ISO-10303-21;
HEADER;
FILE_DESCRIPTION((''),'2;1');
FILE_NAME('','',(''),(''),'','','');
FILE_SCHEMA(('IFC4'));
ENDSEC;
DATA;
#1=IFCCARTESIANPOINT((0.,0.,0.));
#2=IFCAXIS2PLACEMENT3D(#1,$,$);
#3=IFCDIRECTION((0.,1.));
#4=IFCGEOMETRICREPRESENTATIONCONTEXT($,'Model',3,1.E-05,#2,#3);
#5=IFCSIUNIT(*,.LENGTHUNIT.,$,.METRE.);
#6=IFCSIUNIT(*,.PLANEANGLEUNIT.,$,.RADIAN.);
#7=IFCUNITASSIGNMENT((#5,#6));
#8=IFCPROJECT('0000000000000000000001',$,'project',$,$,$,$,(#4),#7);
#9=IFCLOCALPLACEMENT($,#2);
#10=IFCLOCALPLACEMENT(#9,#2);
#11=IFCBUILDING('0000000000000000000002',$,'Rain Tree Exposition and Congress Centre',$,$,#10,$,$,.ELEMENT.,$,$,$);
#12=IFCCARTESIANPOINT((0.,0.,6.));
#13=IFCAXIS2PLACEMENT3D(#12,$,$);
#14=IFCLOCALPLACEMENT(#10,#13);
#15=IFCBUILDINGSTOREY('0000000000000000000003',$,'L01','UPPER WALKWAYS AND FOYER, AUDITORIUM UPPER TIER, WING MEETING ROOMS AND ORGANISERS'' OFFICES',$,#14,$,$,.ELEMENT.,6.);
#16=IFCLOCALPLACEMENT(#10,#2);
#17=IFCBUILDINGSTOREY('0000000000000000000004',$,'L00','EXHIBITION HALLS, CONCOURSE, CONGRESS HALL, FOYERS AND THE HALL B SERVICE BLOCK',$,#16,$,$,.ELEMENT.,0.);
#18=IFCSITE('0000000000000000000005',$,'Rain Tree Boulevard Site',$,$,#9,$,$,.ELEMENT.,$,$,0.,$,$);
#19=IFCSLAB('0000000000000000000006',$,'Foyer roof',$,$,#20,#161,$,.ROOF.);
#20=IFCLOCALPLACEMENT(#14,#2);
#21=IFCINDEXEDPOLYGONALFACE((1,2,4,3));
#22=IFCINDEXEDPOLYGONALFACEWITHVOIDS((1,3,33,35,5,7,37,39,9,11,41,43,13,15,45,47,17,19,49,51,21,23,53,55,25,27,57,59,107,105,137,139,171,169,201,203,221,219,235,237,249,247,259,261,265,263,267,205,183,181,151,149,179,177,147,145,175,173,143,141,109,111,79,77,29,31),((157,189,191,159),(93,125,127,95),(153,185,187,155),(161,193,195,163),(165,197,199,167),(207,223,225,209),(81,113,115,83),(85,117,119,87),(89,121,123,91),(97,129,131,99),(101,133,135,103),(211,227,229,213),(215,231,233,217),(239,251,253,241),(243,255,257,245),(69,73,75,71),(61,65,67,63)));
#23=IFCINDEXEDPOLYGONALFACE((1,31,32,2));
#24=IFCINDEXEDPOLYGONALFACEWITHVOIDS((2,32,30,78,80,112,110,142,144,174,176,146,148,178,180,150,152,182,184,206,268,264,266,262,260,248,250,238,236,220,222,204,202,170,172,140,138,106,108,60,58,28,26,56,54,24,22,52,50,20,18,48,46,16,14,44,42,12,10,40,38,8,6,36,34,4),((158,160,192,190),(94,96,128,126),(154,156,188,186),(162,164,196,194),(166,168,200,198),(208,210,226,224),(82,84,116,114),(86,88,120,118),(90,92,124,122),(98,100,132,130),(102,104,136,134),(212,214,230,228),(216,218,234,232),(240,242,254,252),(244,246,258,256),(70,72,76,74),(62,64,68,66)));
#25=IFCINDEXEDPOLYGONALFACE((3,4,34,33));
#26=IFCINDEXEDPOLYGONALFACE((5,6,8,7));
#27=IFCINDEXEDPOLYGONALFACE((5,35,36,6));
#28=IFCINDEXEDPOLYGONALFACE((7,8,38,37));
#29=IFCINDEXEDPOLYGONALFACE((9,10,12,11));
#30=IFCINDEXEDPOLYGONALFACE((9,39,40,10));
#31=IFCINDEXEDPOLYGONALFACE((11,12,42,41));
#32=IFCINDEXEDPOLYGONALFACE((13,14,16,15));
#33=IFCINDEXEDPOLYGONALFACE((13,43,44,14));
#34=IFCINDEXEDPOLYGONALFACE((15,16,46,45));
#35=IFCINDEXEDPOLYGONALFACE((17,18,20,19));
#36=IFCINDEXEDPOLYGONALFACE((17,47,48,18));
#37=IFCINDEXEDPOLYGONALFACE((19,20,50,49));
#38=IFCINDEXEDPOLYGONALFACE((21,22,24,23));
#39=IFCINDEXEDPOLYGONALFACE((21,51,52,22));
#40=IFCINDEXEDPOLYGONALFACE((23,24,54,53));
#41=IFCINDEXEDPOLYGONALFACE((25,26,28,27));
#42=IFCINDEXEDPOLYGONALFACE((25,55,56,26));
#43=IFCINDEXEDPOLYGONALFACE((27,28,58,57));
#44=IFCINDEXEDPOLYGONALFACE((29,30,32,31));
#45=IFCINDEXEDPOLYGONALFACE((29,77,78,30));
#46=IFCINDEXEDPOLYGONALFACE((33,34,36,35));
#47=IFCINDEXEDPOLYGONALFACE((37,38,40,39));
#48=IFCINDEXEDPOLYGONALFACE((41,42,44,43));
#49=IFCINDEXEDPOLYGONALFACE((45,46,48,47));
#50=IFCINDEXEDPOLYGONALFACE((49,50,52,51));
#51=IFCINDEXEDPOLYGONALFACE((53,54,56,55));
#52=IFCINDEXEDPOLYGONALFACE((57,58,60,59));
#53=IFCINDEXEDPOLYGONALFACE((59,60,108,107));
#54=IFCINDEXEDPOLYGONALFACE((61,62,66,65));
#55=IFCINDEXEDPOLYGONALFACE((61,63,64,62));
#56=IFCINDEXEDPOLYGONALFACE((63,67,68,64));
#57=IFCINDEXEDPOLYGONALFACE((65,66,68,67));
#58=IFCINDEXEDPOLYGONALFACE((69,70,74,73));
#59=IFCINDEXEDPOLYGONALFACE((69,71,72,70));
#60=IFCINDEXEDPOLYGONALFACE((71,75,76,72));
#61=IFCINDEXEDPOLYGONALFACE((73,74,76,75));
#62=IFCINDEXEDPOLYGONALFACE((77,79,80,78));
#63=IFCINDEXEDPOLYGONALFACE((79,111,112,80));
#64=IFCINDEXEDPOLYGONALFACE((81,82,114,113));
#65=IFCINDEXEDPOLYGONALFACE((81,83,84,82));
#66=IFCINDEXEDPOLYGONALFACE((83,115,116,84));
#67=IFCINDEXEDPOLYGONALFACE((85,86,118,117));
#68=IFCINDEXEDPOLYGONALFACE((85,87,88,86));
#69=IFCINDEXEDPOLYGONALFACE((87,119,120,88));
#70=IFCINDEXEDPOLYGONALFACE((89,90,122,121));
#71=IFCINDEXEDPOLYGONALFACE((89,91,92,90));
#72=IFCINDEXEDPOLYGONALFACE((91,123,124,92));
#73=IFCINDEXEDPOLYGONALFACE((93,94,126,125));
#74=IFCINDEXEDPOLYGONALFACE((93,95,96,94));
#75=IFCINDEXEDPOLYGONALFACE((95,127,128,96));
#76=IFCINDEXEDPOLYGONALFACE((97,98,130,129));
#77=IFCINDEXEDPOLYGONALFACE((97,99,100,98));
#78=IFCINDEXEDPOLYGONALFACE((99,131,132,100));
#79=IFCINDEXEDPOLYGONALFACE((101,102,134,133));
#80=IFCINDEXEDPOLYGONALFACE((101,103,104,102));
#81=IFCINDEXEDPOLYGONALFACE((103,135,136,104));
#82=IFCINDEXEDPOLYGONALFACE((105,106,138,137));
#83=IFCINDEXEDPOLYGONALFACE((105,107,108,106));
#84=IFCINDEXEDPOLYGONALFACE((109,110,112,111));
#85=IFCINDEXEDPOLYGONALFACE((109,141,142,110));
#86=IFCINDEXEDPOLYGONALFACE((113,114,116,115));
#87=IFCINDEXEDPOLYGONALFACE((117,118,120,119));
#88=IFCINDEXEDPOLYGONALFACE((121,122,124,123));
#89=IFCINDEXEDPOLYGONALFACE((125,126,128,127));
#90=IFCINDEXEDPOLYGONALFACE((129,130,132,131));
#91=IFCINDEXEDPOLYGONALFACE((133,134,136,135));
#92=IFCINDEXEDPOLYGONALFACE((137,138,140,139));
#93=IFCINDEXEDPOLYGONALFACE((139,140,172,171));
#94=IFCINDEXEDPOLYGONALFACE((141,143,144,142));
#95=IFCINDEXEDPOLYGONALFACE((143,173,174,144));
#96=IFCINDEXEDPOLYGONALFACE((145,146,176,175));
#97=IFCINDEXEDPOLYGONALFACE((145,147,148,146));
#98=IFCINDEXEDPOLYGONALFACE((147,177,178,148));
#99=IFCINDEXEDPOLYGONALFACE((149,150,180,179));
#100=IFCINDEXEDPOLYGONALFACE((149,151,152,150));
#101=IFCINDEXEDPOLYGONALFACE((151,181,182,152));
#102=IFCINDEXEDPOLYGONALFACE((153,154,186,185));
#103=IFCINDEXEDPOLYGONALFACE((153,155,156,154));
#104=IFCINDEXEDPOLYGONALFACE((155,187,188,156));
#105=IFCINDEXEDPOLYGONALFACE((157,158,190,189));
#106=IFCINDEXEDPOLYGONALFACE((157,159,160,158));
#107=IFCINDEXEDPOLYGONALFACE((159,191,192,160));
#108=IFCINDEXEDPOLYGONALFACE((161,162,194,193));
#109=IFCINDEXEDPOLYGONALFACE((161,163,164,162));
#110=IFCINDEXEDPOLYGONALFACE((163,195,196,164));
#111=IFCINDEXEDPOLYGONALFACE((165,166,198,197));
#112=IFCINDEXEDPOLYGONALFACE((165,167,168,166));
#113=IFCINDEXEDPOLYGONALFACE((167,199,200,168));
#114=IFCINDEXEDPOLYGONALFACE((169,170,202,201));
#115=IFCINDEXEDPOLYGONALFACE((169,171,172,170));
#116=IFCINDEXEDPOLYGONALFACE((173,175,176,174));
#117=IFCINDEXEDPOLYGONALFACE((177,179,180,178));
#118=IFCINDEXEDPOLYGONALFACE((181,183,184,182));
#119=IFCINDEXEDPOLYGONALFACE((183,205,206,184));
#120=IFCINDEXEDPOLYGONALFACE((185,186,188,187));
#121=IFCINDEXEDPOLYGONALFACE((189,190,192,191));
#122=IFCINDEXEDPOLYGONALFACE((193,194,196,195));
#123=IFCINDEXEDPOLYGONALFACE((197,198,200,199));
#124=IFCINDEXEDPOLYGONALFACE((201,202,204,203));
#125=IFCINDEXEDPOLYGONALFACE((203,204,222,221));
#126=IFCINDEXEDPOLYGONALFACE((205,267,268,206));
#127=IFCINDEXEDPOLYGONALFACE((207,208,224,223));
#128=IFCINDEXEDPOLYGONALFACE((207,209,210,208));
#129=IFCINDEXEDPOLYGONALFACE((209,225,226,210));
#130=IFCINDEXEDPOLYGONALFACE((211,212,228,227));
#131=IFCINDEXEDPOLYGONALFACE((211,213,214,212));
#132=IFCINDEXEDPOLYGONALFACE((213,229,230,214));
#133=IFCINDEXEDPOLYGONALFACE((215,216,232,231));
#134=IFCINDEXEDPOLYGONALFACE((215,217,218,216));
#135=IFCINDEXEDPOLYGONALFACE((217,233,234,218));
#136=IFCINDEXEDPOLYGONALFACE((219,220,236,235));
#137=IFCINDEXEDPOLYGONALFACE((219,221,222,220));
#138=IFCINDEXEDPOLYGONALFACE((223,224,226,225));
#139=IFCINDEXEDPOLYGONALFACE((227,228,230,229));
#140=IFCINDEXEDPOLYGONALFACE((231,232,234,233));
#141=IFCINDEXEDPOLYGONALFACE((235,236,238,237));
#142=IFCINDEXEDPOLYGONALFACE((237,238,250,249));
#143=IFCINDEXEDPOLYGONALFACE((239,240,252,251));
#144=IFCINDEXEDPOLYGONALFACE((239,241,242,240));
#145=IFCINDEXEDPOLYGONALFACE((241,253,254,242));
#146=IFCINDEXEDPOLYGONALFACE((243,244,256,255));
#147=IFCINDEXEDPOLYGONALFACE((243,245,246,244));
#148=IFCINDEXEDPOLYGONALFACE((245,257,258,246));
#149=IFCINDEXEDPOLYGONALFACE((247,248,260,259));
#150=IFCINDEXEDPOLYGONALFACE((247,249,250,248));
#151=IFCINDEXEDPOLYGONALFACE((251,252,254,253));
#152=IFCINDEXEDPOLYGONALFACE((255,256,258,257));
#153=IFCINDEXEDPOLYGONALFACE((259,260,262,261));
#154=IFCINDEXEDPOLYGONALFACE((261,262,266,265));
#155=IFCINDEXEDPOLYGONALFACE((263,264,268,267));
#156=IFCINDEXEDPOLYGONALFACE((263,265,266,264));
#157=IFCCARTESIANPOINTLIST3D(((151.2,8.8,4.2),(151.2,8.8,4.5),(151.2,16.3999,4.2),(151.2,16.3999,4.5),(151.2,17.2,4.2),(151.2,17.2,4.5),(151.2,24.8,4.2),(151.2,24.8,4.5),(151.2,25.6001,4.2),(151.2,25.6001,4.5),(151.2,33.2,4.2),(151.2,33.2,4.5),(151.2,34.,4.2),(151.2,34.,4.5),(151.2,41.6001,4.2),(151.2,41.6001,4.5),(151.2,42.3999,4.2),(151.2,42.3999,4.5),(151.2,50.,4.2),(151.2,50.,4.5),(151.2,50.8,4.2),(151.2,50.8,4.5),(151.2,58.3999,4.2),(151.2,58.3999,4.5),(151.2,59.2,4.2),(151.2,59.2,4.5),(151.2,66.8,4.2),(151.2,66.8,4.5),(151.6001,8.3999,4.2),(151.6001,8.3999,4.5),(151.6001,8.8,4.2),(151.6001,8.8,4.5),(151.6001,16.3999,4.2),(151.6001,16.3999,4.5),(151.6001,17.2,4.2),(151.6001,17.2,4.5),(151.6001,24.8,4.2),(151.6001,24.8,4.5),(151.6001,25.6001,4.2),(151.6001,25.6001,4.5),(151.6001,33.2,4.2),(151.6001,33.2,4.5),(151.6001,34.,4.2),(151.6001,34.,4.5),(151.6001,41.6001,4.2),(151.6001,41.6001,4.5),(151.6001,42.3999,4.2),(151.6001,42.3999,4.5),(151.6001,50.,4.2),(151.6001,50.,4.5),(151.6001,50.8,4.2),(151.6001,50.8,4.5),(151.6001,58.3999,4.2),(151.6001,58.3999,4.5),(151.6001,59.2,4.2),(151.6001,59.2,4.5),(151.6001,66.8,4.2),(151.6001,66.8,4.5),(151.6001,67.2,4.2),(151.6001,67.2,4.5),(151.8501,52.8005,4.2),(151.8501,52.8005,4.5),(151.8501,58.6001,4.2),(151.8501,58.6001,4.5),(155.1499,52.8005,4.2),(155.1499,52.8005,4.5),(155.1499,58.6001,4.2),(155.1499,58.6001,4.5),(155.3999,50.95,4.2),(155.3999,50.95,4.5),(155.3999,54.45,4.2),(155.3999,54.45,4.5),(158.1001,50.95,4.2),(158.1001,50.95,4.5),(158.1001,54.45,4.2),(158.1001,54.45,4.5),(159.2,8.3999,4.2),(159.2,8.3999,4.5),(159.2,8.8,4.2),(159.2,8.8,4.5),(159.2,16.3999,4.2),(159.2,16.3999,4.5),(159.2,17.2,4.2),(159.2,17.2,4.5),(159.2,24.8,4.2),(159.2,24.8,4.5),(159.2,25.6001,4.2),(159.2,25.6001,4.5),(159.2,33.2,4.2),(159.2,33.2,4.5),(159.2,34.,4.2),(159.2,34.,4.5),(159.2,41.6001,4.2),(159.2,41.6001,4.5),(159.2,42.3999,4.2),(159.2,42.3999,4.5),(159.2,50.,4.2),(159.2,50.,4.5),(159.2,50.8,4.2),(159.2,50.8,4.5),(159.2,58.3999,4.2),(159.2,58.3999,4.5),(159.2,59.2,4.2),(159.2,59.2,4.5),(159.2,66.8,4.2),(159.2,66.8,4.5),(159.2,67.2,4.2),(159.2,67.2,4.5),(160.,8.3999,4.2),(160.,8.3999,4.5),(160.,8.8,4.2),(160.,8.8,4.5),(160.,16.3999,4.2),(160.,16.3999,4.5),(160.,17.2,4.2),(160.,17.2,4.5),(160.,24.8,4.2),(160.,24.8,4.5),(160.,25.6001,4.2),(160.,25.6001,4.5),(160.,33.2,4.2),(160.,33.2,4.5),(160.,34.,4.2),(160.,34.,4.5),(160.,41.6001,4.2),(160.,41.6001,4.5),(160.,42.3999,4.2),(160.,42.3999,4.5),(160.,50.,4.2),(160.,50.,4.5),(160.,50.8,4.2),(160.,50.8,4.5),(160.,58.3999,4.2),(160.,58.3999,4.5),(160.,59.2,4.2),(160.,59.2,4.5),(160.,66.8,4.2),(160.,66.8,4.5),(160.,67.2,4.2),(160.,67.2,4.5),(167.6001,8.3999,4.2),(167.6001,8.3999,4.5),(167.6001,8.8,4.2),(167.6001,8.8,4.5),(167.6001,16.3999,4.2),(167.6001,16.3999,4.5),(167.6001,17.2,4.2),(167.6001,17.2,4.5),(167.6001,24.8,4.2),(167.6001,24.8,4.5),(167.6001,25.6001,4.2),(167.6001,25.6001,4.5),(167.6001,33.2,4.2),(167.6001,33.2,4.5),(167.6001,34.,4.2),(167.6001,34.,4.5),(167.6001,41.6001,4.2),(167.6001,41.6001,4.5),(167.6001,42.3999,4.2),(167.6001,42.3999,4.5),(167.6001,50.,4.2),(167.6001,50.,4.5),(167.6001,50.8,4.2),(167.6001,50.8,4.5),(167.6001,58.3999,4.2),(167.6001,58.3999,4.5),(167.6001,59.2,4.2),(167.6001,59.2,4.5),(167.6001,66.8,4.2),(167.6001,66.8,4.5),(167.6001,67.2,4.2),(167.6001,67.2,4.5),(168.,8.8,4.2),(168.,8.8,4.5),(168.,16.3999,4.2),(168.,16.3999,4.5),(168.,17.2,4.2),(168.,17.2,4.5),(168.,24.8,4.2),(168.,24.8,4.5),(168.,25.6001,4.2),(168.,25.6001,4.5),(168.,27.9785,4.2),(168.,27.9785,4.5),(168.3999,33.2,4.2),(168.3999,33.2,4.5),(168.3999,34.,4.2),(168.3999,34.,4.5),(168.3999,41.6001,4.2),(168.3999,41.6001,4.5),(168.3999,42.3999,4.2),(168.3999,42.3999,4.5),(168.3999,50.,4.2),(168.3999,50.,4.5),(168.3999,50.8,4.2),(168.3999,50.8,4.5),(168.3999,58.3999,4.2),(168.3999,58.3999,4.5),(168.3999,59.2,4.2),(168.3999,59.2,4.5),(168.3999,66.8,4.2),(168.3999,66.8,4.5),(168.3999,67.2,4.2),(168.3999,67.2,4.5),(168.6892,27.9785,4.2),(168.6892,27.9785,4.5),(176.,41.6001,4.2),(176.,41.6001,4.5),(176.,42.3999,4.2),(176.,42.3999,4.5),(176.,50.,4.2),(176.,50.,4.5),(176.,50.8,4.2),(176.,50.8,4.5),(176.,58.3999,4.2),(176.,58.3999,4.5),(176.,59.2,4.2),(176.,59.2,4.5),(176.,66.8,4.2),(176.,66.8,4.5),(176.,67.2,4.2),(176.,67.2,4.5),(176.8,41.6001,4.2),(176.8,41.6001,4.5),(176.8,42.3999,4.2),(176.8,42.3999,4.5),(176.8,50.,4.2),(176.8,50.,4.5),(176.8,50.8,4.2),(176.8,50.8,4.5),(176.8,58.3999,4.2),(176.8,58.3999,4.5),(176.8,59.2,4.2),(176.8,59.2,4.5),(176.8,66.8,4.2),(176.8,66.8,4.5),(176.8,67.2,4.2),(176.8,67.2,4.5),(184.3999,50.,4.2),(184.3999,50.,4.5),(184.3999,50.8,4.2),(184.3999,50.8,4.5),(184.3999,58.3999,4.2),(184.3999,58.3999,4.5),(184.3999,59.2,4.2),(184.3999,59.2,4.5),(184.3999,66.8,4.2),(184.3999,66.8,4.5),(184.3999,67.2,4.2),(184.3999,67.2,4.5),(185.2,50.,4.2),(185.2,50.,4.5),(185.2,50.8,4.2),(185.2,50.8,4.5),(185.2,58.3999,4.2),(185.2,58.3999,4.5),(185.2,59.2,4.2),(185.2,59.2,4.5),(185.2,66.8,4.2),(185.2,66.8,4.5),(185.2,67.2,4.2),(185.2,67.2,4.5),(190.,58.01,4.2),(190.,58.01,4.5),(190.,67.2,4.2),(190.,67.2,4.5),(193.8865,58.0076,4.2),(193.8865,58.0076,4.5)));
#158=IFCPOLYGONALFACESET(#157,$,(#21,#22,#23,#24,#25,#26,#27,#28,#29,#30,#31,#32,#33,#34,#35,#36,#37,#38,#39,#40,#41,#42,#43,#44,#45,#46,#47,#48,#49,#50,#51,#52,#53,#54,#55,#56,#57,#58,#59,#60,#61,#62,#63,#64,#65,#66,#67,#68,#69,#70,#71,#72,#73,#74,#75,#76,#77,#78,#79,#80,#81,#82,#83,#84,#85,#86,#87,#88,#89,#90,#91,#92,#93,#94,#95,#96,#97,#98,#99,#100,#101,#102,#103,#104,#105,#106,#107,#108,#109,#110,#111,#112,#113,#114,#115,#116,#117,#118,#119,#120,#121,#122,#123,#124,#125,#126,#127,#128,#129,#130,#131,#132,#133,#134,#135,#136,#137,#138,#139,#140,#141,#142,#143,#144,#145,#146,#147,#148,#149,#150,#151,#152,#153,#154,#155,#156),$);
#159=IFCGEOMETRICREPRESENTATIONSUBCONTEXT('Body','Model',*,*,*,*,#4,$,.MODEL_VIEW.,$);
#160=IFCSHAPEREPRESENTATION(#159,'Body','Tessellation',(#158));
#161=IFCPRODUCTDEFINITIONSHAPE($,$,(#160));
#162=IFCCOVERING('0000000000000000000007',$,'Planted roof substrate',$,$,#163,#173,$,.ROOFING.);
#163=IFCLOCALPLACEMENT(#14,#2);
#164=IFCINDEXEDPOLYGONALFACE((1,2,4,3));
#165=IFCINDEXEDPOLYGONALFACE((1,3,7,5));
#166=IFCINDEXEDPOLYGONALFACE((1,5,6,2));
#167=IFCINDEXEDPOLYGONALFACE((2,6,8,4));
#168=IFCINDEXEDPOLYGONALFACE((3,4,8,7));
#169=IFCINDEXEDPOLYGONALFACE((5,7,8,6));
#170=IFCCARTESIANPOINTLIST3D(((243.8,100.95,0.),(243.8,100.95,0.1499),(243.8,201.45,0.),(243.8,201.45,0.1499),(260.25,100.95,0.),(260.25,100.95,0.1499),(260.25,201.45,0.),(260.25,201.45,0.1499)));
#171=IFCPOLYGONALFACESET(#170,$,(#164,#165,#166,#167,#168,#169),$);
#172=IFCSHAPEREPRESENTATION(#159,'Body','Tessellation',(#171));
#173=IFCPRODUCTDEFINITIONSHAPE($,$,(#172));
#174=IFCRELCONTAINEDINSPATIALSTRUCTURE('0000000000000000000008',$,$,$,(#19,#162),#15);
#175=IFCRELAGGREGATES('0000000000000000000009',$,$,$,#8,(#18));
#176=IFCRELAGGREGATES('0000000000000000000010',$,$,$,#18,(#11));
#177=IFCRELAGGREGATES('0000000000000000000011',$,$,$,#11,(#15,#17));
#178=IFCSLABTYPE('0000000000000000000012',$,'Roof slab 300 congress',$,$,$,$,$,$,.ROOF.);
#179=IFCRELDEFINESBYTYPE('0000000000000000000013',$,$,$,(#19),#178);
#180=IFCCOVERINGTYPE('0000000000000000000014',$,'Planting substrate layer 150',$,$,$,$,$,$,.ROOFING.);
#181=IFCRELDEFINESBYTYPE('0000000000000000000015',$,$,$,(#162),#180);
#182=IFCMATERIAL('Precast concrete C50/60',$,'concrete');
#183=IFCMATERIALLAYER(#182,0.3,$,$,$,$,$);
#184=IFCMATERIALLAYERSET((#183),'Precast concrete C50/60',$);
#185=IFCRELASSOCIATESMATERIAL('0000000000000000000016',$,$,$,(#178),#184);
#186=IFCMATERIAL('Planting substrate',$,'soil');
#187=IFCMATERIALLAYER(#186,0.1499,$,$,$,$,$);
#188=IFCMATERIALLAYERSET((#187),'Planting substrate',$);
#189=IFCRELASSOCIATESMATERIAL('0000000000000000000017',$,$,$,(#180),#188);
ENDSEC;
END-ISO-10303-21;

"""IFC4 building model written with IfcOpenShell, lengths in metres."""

from ifc_helpers import new_model, si_unit, direction, frame, origin, place, context, subcontext, project, spatial, polyline, outline, extrude, material, layer, layer_set, type_object, element, save


model = new_model("IFC4")

# Units and contexts
model_context = context("Model", 3, precision=1e-05, world=origin(), true_north=direction((0.0, 1.0)))
body_context = subcontext(model_context, "Body", "Model", "MODEL_VIEW")
ifc_project = project(units=[si_unit("LENGTHUNIT", "METRE"), si_unit("PLANEANGLEUNIT", "RADIAN")], contexts=[model_context])

# Site, building, storey
site_placement = place(None, origin())
site = spatial("IfcSite", under=ifc_project, at=site_placement, Name="Rain Tree Boulevard Site", CompositionType="ELEMENT", RefElevation=0.0)
building_placement = place(site_placement, origin())
building = spatial("IfcBuilding", under=site, at=building_placement, Name="Rain Tree Exposition and Congress Centre", CompositionType="ELEMENT")
storey_1_placement = place(building_placement, frame((0.0, 0.0, 6.0)))
storey_1 = spatial("IfcBuildingStorey", under=building, at=storey_1_placement, Name="L01", Description="UPPER WALKWAYS AND FOYER, AUDITORIUM UPPER TIER, WING MEETING ROOMS AND ORGANISERS' OFFICES", CompositionType="ELEMENT", Elevation=6.0)

# Shared definitions
storey_2_placement = place(building_placement, origin())
storey_2 = spatial("IfcBuildingStorey", under=building, at=storey_2_placement, Name="L00", Description="EXHIBITION HALLS, CONCOURSE, CONGRESS HALL, FOYERS AND THE HALL B SERVICE BLOCK", CompositionType="ELEMENT", Elevation=0.0)

# Slab
ifc_material_1 = material(Name="Precast concrete C50/60", Category="concrete")
ifc_layer_1 = layer(ifc_material_1, 0.3)
ifc_layer_set_1 = layer_set([ifc_layer_1], Name="Precast concrete C50/60")
slab_type_1 = type_object("IfcSlabType", Name="Roof slab 300 congress", PredefinedType="ROOF", material=ifc_layer_set_1)
slab_1_placement = place(storey_1_placement, frame((0.0, 0.0, 4.2)))
element("IfcSlab", 1, at=slab_1_placement, inside=storey_1, type_object=slab_type_1, Name="Foyer roof", PredefinedType="ROOF", context=body_context, shape_type="SweptSolid", body=[
    extrude(outline(polyline([(160.0, 8.3999), (167.6001, 8.3999), (167.6001, 8.8), (168.0, 8.8), (168.0, 16.3999), (167.6001, 16.3999), (167.6001, 17.2), (168.0, 17.2), (168.0, 24.8), (167.6001, 24.8), (167.6001, 25.6001), (168.0, 25.6001), (168.0, 27.9785), (168.6892, 27.9785), (193.8865, 58.0076), (190.0, 58.01), (190.0, 67.2), (185.2, 67.2), (185.2, 66.8), (184.3999, 66.8), (184.3999, 67.2), (176.8, 67.2), (176.8, 66.8), (176.0, 66.8), (176.0, 67.2), (168.3999, 67.2), (168.3999, 66.8), (167.6001, 66.8), (167.6001, 67.2), (160.0, 67.2), (160.0, 66.8), (159.2, 66.8), (159.2, 67.2), (151.6001, 67.2), (151.6001, 66.8), (151.2, 66.8), (151.2, 59.2), (151.6001, 59.2), (151.6001, 58.3999), (151.2, 58.3999), (151.2, 50.8), (151.6001, 50.8), (151.6001, 50.0), (151.2, 50.0), (151.2, 42.3999), (151.6001, 42.3999), (151.6001, 41.6001), (151.2, 41.6001), (151.2, 34.0), (151.6001, 34.0), (151.6001, 33.2), (151.2, 33.2), (151.2, 25.6001), (151.6001, 25.6001), (151.6001, 24.8), (151.2, 24.8), (151.2, 17.2), (151.6001, 17.2), (151.6001, 16.3999), (151.2, 16.3999), (151.2, 8.8), (151.6001, 8.8), (151.6001, 8.3999), (159.2, 8.3999), (159.2, 8.8), (160.0, 8.8), (160.0, 8.3999)]), holes=[polyline([(160.0, 16.3999), (160.0, 17.2), (159.2, 17.2), (159.2, 16.3999), (160.0, 16.3999)]), polyline([(160.0, 24.8), (160.0, 25.6001), (159.2, 25.6001), (159.2, 24.8), (160.0, 24.8)]), polyline([(160.0, 41.6001), (160.0, 42.3999), (159.2, 42.3999), (159.2, 41.6001), (160.0, 41.6001)]), polyline([(160.0, 50.0), (160.0, 50.8), (159.2, 50.8), (159.2, 50.0), (160.0, 50.0)]), polyline([(155.3999, 50.95), (158.1001, 50.95), (158.1001, 54.45), (155.3999, 54.45), (155.3999, 50.95)]), polyline([(151.8501, 52.8005), (155.1499, 52.8005), (155.1499, 58.6001), (151.8501, 58.6001), (151.8501, 52.8005)]), polyline([(160.0, 58.3999), (160.0, 59.2), (159.2, 59.2), (159.2, 58.3999), (160.0, 58.3999)]), polyline([(160.0, 33.2), (160.0, 34.0), (159.2, 34.0), (159.2, 33.2), (160.0, 33.2)]), polyline([(168.3999, 33.2), (168.3999, 34.0), (167.6001, 34.0), (167.6001, 33.2), (168.3999, 33.2)]), polyline([(168.3999, 41.6001), (168.3999, 42.3999), (167.6001, 42.3999), (167.6001, 41.6001), (168.3999, 41.6001)]), polyline([(176.8, 41.6001), (176.8, 42.3999), (176.0, 42.3999), (176.0, 41.6001), (176.8, 41.6001)]), polyline([(168.3999, 50.0), (168.3999, 50.8), (167.6001, 50.8), (167.6001, 50.0), (168.3999, 50.0)]), polyline([(176.8, 50.0), (176.8, 50.8), (176.0, 50.8), (176.0, 50.0), (176.8, 50.0)]), polyline([(185.2, 50.0), (185.2, 50.8), (184.3999, 50.8), (184.3999, 50.0), (185.2, 50.0)]), polyline([(168.3999, 58.3999), (168.3999, 59.2), (167.6001, 59.2), (167.6001, 58.3999), (168.3999, 58.3999)]), polyline([(176.8, 58.3999), (176.8, 59.2), (176.0, 59.2), (176.0, 58.3999), (176.8, 58.3999)]), polyline([(185.2, 58.3999), (185.2, 59.2), (184.3999, 59.2), (184.3999, 58.3999), (185.2, 58.3999)])]), origin(), (0.0, 0.0, 1.0), 0.3),
])

# Covering
ifc_material_2 = material(Name="Planting substrate", Category="soil")
ifc_layer_2 = layer(ifc_material_2, 0.1499)
ifc_layer_set_2 = layer_set([ifc_layer_2], Name="Planting substrate")
covering_type_1 = type_object("IfcCoveringType", Name="Planting substrate layer 150", PredefinedType="ROOFING", material=ifc_layer_set_2)
covering_1_placement = place(storey_1_placement, origin())
element("IfcCovering", 2, at=covering_1_placement, inside=storey_1, type_object=covering_type_1, Name="Planted roof substrate", PredefinedType="ROOFING", context=body_context, shape_type="SweptSolid", body=[
    extrude(outline(polyline([(243.8, 100.95), (260.25, 100.95), (260.25, 201.45), (243.8, 201.45), (243.8, 100.95)])), origin(), (0.0, 0.0, 1.0), 0.1499),
])

save(model, "model.ifc")
